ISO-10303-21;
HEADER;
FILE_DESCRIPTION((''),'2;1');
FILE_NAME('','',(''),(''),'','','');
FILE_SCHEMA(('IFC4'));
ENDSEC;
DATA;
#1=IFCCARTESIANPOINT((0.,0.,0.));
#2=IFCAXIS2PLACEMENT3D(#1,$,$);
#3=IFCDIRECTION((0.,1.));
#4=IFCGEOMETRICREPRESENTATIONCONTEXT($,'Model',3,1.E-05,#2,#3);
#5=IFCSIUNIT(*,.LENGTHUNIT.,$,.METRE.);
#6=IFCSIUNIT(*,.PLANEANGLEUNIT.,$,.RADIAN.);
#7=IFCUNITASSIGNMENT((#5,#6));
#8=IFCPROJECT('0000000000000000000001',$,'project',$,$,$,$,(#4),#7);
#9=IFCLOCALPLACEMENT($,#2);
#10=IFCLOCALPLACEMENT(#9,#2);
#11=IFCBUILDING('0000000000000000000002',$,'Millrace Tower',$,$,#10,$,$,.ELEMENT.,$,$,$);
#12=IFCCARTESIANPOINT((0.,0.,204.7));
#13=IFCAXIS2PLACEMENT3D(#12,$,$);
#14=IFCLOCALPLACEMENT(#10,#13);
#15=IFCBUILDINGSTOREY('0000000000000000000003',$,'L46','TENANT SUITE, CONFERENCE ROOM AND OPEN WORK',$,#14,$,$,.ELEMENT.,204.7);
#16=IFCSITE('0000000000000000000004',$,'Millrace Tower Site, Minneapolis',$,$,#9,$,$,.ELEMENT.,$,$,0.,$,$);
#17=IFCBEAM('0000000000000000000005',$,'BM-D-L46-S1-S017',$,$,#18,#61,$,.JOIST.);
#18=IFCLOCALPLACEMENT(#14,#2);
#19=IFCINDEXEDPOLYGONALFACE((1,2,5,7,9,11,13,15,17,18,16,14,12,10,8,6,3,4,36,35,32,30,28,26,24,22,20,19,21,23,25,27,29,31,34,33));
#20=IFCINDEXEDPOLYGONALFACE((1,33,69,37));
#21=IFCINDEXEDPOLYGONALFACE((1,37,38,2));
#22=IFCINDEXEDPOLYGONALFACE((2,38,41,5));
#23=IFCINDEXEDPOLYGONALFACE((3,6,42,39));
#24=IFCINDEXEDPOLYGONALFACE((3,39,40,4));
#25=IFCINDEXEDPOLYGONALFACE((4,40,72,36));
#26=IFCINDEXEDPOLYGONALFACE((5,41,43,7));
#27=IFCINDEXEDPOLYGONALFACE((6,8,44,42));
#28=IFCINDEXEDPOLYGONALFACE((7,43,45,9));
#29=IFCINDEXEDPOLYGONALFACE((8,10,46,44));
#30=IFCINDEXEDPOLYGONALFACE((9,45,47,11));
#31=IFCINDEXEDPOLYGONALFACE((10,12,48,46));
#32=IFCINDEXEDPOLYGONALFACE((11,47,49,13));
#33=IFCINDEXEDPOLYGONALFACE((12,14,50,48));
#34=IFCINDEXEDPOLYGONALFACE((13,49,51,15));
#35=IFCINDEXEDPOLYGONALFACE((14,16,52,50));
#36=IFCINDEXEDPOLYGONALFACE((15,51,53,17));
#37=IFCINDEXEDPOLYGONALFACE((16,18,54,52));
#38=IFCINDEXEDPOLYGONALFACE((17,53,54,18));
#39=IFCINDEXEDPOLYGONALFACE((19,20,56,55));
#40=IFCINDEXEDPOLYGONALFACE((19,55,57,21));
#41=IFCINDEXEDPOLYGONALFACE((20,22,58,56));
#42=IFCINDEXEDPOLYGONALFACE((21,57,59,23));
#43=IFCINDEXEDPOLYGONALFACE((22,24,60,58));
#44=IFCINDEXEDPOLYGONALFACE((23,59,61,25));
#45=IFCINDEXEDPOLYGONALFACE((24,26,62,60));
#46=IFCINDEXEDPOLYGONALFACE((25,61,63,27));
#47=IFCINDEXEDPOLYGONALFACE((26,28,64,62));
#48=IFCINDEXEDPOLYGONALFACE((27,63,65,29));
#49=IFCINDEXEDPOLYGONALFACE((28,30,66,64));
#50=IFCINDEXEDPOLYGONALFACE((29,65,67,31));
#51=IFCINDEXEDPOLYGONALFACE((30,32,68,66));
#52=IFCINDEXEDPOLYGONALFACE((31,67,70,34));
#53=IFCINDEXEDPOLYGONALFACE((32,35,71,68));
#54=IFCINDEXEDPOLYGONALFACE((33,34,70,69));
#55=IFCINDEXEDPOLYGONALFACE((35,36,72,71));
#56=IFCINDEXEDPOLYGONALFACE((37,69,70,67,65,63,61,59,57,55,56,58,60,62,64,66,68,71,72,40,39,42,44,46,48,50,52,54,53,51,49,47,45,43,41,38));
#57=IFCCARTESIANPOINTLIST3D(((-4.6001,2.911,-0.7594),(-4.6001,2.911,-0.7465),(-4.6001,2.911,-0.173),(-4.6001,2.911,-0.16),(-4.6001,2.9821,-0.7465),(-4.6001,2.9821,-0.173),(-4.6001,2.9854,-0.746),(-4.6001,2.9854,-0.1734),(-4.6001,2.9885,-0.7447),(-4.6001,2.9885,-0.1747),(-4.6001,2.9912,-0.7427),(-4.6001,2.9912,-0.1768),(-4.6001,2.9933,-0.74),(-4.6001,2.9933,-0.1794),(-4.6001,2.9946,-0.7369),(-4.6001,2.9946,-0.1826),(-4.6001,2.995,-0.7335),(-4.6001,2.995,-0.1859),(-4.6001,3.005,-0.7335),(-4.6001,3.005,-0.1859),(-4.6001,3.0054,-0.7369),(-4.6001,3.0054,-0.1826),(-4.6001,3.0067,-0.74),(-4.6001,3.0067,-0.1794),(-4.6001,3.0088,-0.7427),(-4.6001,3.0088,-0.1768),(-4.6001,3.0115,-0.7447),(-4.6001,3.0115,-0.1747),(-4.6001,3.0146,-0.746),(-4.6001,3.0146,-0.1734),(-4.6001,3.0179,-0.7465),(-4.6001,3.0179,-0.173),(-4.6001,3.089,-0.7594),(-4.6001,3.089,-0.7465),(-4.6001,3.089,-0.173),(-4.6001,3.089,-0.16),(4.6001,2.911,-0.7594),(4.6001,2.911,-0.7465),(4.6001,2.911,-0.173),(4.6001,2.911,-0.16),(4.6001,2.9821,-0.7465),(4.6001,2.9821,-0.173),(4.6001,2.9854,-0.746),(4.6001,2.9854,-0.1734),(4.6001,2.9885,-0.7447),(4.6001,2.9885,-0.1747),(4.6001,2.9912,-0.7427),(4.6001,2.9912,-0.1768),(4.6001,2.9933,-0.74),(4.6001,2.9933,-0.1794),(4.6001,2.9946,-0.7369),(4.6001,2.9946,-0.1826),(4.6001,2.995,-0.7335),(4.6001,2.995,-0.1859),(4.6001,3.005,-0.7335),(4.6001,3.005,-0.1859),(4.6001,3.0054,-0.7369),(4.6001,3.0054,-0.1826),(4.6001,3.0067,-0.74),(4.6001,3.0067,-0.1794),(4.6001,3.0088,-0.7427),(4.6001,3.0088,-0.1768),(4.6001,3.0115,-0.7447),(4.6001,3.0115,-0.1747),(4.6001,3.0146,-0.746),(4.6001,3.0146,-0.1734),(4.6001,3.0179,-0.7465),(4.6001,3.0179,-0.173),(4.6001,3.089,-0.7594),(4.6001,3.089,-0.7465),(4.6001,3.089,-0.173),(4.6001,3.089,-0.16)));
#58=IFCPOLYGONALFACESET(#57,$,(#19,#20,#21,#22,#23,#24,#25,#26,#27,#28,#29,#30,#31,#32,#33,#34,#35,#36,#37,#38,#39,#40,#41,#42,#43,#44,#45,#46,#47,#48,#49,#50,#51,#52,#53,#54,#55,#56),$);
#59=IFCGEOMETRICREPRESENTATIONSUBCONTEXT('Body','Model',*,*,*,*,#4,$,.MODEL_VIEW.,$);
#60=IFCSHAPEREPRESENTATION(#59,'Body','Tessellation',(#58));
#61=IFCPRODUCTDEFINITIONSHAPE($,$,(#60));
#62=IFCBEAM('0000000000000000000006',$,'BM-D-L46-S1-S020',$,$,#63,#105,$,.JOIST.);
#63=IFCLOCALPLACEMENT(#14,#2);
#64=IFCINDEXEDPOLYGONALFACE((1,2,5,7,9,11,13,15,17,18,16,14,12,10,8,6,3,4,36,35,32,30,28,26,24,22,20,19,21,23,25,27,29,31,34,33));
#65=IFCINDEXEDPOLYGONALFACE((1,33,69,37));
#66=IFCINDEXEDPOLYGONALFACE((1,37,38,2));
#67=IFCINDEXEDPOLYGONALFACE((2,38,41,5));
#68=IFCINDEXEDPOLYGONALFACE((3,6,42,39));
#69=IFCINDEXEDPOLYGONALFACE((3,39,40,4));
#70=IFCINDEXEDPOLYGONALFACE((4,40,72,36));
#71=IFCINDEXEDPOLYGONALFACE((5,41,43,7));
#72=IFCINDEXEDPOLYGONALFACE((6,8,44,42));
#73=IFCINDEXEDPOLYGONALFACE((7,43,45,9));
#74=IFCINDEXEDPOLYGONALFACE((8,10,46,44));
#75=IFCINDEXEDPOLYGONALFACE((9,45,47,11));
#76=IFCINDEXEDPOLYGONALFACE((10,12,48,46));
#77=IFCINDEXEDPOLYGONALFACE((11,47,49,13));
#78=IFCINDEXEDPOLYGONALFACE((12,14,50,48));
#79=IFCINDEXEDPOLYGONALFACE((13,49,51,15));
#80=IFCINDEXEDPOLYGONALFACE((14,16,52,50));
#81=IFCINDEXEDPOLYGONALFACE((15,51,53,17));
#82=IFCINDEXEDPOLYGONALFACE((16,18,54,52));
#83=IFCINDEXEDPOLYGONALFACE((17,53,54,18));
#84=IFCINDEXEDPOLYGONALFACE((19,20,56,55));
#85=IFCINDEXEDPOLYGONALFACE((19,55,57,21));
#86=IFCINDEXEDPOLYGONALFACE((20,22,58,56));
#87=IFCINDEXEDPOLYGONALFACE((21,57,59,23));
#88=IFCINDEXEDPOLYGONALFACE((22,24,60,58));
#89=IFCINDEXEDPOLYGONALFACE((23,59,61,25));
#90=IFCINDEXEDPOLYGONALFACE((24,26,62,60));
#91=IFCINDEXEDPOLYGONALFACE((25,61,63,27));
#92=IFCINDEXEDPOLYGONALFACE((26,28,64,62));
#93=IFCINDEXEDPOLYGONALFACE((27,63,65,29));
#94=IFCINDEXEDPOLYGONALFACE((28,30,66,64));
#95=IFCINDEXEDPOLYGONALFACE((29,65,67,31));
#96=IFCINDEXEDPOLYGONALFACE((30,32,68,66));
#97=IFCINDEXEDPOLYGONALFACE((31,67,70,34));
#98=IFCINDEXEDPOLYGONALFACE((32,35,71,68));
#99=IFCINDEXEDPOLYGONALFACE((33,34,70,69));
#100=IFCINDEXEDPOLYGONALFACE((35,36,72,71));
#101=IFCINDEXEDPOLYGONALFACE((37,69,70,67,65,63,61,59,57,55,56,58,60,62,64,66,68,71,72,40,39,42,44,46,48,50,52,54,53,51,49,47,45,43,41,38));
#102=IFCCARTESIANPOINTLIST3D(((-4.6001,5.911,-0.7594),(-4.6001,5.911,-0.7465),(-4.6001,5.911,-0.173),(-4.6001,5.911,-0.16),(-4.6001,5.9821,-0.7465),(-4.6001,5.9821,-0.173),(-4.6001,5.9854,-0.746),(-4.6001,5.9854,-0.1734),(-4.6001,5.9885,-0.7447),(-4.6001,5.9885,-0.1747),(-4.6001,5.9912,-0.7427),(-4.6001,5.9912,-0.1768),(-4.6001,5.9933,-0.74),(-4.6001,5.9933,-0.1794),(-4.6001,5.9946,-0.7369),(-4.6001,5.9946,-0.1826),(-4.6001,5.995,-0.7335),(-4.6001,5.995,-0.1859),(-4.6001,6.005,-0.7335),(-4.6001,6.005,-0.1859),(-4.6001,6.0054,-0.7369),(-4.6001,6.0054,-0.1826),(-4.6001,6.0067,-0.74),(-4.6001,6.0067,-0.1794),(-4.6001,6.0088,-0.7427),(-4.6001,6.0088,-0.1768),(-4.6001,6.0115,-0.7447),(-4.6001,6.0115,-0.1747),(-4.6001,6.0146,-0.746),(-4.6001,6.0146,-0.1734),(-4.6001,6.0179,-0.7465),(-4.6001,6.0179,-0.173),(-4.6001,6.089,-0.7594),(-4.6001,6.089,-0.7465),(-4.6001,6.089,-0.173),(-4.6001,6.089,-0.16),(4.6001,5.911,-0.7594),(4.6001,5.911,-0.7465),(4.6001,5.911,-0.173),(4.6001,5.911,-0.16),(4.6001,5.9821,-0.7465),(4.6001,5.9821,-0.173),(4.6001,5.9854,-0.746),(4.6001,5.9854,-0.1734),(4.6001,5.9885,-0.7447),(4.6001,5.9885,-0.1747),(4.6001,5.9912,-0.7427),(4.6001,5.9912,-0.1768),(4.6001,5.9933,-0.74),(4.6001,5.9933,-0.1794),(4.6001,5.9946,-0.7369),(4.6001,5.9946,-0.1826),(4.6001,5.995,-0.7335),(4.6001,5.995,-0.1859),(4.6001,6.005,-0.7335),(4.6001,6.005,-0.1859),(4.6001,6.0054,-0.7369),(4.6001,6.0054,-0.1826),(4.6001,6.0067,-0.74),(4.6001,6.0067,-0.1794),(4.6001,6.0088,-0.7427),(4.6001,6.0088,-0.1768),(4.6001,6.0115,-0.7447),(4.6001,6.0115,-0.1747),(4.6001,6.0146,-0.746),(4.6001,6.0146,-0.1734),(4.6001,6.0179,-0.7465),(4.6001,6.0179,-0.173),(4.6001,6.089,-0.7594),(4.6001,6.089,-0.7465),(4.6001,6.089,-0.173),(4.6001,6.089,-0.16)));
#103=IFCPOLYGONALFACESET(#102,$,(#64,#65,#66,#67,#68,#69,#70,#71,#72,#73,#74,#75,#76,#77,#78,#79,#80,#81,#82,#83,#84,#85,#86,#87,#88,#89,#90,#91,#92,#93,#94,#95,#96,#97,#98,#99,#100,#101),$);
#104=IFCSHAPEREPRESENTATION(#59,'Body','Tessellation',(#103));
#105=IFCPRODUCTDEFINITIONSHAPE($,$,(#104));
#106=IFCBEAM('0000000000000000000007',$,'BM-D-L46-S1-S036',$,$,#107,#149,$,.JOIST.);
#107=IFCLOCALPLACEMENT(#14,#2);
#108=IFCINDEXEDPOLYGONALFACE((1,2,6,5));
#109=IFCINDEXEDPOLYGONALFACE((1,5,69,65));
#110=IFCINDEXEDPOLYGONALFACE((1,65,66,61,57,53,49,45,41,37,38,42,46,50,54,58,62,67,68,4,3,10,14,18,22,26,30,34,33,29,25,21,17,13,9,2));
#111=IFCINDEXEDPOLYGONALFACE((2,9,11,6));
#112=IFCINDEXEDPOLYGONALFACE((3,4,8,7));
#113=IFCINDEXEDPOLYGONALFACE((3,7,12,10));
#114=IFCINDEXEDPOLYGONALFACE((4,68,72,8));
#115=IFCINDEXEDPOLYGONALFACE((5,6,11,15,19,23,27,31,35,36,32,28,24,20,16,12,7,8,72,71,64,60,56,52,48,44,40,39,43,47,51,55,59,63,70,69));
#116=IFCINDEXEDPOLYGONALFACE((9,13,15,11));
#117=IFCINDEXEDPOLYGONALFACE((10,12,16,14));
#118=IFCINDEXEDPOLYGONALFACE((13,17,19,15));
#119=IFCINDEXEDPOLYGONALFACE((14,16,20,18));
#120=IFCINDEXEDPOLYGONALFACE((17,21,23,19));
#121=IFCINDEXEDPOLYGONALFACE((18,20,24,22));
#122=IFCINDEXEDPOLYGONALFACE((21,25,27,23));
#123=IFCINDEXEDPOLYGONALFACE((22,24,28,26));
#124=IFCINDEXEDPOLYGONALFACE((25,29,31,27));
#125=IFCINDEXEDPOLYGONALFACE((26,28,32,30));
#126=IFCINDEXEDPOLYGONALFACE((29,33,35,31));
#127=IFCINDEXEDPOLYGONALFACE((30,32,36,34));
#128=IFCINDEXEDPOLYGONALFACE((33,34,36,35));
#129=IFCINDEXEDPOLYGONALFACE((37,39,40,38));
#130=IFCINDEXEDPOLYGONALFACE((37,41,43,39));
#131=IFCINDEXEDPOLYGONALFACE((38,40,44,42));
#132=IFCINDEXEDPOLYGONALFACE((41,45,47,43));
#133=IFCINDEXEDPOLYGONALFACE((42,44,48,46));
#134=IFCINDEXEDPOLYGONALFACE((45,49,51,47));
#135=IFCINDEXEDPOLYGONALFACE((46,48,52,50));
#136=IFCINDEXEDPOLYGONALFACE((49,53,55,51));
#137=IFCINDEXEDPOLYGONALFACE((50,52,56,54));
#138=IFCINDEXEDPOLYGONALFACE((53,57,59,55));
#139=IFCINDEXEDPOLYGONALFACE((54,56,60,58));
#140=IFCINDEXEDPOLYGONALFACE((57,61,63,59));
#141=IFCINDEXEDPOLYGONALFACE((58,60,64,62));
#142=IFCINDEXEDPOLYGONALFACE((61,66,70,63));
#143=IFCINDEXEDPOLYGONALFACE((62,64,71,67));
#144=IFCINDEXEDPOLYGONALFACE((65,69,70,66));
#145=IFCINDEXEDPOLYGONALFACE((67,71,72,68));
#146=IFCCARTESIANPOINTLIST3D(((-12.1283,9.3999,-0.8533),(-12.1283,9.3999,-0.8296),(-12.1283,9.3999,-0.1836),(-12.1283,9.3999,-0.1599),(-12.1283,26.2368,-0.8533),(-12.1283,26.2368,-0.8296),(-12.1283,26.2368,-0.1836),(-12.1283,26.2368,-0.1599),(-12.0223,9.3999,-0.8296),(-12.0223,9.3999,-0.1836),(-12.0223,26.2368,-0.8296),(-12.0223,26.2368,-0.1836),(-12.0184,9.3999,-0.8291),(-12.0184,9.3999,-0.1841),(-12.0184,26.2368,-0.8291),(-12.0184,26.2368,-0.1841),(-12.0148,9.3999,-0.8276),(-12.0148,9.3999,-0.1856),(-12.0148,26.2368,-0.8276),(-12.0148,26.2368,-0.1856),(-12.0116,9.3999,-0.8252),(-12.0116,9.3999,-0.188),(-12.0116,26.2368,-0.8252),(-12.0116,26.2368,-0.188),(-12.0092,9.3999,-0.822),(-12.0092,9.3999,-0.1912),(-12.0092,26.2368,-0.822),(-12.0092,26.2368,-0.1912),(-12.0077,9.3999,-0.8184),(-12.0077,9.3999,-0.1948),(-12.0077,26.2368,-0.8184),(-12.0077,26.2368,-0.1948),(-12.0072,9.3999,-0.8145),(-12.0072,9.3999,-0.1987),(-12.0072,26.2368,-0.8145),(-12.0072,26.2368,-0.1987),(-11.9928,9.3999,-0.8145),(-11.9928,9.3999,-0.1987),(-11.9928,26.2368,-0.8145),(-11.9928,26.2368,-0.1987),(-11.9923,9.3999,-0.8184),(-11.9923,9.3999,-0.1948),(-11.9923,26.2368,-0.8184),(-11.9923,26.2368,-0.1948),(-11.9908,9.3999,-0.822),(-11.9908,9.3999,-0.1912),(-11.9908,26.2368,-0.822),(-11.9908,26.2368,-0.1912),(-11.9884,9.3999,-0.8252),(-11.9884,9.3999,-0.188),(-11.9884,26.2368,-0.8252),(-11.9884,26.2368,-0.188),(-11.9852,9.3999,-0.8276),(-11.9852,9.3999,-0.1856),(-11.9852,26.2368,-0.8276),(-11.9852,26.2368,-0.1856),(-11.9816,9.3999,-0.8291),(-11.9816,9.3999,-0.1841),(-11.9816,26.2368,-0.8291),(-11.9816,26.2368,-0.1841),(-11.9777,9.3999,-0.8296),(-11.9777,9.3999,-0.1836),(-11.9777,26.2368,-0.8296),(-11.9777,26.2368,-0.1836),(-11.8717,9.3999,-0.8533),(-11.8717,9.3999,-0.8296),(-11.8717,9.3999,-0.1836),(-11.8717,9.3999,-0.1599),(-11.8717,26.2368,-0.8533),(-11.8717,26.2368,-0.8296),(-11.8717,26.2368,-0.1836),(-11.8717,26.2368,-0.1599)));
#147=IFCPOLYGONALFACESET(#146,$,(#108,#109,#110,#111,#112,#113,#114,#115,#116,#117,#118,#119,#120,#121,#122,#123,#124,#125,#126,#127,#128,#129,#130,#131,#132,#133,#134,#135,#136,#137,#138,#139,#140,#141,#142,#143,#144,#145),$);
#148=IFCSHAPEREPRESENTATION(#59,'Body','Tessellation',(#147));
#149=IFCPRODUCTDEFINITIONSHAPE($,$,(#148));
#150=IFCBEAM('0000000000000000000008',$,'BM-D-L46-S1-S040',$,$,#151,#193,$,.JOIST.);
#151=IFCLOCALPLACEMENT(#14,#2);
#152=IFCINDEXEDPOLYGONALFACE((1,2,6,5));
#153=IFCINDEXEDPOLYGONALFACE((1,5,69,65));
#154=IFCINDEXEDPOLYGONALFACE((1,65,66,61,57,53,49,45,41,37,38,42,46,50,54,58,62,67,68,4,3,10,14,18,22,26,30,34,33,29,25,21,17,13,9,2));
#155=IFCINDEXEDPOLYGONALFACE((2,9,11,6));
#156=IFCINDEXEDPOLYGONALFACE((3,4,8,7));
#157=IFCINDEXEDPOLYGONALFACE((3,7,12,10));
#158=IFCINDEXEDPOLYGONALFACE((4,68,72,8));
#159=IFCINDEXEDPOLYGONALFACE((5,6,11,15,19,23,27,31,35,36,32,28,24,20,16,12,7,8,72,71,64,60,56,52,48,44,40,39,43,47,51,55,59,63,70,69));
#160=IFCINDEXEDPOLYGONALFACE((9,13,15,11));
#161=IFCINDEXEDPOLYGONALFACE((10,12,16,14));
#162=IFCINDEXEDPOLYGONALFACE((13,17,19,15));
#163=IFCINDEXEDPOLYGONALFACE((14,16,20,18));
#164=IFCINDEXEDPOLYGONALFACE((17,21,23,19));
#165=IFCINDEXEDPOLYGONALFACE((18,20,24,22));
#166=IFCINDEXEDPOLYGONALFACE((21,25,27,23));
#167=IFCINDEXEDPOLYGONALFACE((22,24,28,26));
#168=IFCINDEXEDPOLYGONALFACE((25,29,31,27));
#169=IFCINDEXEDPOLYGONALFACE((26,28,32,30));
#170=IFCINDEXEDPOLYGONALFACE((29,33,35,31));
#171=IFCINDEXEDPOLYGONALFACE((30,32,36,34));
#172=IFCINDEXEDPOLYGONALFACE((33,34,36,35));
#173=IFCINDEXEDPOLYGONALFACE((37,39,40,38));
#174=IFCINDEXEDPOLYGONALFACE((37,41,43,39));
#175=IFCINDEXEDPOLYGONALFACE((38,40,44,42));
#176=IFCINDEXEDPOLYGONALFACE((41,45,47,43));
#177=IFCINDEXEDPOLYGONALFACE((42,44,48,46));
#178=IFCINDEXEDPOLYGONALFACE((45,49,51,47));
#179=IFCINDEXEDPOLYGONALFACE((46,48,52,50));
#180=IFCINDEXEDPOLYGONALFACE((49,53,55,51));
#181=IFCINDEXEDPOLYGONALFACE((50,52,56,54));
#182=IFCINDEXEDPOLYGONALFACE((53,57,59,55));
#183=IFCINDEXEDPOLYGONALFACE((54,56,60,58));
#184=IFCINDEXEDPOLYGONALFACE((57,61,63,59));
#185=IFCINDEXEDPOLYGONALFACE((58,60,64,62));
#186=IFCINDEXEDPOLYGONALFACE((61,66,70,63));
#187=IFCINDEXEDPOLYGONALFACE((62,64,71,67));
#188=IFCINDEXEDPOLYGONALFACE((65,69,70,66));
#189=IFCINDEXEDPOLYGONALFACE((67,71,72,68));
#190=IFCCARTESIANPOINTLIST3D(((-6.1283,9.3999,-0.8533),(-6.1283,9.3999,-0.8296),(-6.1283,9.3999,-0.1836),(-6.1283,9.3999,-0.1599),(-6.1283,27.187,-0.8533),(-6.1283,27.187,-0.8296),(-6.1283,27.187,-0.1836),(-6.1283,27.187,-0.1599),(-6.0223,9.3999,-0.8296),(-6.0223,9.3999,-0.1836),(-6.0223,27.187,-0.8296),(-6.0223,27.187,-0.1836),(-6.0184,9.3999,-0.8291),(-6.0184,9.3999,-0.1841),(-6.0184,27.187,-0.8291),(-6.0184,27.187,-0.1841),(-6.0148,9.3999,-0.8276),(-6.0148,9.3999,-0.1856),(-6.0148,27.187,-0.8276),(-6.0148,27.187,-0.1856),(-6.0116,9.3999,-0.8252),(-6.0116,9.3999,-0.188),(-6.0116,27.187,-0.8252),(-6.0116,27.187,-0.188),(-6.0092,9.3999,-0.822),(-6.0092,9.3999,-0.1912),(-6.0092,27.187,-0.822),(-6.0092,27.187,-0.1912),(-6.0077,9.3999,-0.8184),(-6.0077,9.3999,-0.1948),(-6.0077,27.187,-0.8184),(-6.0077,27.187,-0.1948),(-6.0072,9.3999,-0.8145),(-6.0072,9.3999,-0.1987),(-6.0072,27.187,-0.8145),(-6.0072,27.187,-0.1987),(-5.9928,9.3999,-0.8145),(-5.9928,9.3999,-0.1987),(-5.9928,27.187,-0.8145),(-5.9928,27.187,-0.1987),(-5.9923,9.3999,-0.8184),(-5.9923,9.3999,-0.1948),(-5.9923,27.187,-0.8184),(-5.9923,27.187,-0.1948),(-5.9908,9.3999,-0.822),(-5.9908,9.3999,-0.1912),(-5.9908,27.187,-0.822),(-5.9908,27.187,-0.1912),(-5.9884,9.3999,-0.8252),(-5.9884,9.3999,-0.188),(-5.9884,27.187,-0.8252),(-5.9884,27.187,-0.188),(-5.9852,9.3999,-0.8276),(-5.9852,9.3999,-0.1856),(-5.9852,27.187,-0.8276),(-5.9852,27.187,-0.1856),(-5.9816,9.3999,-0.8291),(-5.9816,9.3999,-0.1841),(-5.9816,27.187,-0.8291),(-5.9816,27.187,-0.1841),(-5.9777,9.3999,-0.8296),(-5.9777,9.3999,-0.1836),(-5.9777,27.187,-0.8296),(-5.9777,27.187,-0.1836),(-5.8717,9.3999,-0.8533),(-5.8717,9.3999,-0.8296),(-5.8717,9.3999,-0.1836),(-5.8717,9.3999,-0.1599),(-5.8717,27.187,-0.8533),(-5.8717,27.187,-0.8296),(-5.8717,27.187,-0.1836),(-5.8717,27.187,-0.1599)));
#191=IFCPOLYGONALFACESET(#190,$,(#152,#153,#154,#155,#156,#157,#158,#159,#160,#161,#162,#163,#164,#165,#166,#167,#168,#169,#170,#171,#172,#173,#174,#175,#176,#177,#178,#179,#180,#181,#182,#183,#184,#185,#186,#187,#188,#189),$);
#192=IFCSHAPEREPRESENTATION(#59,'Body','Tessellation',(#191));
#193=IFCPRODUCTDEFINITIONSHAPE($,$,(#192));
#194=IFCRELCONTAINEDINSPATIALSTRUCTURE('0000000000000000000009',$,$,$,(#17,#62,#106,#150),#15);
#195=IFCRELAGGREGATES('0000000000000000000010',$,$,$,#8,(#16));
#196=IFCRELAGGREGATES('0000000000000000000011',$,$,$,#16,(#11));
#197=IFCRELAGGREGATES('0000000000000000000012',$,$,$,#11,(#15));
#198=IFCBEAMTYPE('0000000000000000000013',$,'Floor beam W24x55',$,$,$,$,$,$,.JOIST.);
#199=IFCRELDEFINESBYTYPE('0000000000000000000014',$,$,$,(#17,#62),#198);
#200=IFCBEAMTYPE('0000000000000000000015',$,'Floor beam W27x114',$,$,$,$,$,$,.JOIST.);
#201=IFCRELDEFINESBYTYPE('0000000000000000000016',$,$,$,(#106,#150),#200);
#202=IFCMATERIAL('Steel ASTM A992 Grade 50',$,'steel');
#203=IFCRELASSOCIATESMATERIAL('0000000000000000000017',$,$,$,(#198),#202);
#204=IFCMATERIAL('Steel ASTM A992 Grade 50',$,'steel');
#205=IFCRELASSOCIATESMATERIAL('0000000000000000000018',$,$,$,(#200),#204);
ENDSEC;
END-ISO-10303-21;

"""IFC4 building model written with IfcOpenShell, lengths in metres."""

from ifc_helpers import new_model, si_unit, direction, frame, origin, origin_2d, place, context, subcontext, project, spatial, i_section, extrude, material, material_profile, profile_set, type_object, element, save


model = new_model("IFC4")

# Units and contexts
model_context = context("Model", 3, precision=1e-05, world=origin(), true_north=direction((0.0, 1.0)))
body_context = subcontext(model_context, "Body", "Model", "MODEL_VIEW")
ifc_project = project(units=[si_unit("LENGTHUNIT", "METRE"), si_unit("PLANEANGLEUNIT", "RADIAN")], contexts=[model_context])

# Site, building, storey
site_placement = place(None, origin())
site = spatial("IfcSite", under=ifc_project, at=site_placement, Name="Millrace Tower Site, Minneapolis", CompositionType="ELEMENT", RefElevation=0.0)
building_placement = place(site_placement, origin())
building = spatial("IfcBuilding", under=site, at=building_placement, Name="Millrace Tower", CompositionType="ELEMENT")
storey_placement = place(building_placement, frame((0.0, 0.0, 204.7)))
storey = spatial("IfcBuildingStorey", under=building, at=storey_placement, Name="L46", Description="TENANT SUITE, CONFERENCE ROOM AND OPEN WORK", CompositionType="ELEMENT", Elevation=204.7)

# Beams
ifc_material_1 = material(Name="Steel ASTM A992 Grade 50", Category="steel")
ifc_material_profile_1 = material_profile(ifc_material_1, i_section(OverallWidth=0.178, OverallDepth=0.5994, WebThickness=0.01, FlangeThickness=0.0129, FilletRadius=0.0129, at=origin_2d()))
ifc_profile_set_1 = profile_set([ifc_material_profile_1], Name="Steel ASTM A992 Grade 50")
beam_type_1 = type_object("IfcBeamType", Name="Floor beam W24x55", PredefinedType="JOIST", material=ifc_profile_set_1)
for number, where, z_axis, x_axis, name in (
    (1, (-4.6001, 3.0, -0.4597), (1.0, 0.0, 0.0), (0.0, 1.0, 0.0), "BM-D-L46-S1-S017"),
    (2, (-4.6001, 6.0, -0.4597), (1.0, 0.0, 0.0), (0.0, 1.0, 0.0), "BM-D-L46-S1-S020"),
):
    element("IfcBeam", number, at=place(storey_placement, frame(where, z_axis=z_axis, x_axis=x_axis)), inside=storey, type_object=beam_type_1, Name=name, PredefinedType="JOIST", context=body_context, shape_type="SweptSolid", body=[
        extrude(i_section(OverallWidth=0.178, OverallDepth=0.5994, WebThickness=0.01, FlangeThickness=0.0129, FilletRadius=0.0129, at=origin_2d()), origin(), (0.0, 0.0, 1.0), 9.2002),
    ])
ifc_material_2 = material(Name="Steel ASTM A992 Grade 50", Category="steel")
ifc_material_profile_2 = material_profile(ifc_material_2, i_section(OverallWidth=0.2566, OverallDepth=0.6934, WebThickness=0.0144, FlangeThickness=0.0237, FilletRadius=0.0151, at=origin_2d()))
ifc_profile_set_2 = profile_set([ifc_material_profile_2], Name="Steel ASTM A992 Grade 50")
beam_type_2 = type_object("IfcBeamType", Name="Floor beam W27x114", PredefinedType="JOIST", material=ifc_profile_set_2)
beam_1_placement = place(storey_placement, frame((-12.0, 9.3999, -0.5066), z_axis=(0.0, 1.0, 0.0), x_axis=(-1.0, 0.0, 0.0)))
element("IfcBeam", 3, at=beam_1_placement, inside=storey, type_object=beam_type_2, Name="BM-D-L46-S1-S036", PredefinedType="JOIST", context=body_context, shape_type="SweptSolid", body=[
    extrude(i_section(OverallWidth=0.2566, OverallDepth=0.6934, WebThickness=0.0144, FlangeThickness=0.0237, FilletRadius=0.0151, at=origin_2d()), origin(), (0.0, 0.0, 1.0), 16.8369),
])
beam_2_placement = place(storey_placement, frame((-6.0, 9.3999, -0.5066), z_axis=(0.0, 1.0, 0.0), x_axis=(-1.0, 0.0, 0.0)))
element("IfcBeam", 4, at=beam_2_placement, inside=storey, type_object=beam_type_2, Name="BM-D-L46-S1-S040", PredefinedType="JOIST", context=body_context, shape_type="SweptSolid", body=[
    extrude(i_section(OverallWidth=0.2566, OverallDepth=0.6934, WebThickness=0.0144, FlangeThickness=0.0237, FilletRadius=0.0151, at=origin_2d()), origin(), (0.0, 0.0, 1.0), 17.7871),
])

save(model, "model.ifc")
